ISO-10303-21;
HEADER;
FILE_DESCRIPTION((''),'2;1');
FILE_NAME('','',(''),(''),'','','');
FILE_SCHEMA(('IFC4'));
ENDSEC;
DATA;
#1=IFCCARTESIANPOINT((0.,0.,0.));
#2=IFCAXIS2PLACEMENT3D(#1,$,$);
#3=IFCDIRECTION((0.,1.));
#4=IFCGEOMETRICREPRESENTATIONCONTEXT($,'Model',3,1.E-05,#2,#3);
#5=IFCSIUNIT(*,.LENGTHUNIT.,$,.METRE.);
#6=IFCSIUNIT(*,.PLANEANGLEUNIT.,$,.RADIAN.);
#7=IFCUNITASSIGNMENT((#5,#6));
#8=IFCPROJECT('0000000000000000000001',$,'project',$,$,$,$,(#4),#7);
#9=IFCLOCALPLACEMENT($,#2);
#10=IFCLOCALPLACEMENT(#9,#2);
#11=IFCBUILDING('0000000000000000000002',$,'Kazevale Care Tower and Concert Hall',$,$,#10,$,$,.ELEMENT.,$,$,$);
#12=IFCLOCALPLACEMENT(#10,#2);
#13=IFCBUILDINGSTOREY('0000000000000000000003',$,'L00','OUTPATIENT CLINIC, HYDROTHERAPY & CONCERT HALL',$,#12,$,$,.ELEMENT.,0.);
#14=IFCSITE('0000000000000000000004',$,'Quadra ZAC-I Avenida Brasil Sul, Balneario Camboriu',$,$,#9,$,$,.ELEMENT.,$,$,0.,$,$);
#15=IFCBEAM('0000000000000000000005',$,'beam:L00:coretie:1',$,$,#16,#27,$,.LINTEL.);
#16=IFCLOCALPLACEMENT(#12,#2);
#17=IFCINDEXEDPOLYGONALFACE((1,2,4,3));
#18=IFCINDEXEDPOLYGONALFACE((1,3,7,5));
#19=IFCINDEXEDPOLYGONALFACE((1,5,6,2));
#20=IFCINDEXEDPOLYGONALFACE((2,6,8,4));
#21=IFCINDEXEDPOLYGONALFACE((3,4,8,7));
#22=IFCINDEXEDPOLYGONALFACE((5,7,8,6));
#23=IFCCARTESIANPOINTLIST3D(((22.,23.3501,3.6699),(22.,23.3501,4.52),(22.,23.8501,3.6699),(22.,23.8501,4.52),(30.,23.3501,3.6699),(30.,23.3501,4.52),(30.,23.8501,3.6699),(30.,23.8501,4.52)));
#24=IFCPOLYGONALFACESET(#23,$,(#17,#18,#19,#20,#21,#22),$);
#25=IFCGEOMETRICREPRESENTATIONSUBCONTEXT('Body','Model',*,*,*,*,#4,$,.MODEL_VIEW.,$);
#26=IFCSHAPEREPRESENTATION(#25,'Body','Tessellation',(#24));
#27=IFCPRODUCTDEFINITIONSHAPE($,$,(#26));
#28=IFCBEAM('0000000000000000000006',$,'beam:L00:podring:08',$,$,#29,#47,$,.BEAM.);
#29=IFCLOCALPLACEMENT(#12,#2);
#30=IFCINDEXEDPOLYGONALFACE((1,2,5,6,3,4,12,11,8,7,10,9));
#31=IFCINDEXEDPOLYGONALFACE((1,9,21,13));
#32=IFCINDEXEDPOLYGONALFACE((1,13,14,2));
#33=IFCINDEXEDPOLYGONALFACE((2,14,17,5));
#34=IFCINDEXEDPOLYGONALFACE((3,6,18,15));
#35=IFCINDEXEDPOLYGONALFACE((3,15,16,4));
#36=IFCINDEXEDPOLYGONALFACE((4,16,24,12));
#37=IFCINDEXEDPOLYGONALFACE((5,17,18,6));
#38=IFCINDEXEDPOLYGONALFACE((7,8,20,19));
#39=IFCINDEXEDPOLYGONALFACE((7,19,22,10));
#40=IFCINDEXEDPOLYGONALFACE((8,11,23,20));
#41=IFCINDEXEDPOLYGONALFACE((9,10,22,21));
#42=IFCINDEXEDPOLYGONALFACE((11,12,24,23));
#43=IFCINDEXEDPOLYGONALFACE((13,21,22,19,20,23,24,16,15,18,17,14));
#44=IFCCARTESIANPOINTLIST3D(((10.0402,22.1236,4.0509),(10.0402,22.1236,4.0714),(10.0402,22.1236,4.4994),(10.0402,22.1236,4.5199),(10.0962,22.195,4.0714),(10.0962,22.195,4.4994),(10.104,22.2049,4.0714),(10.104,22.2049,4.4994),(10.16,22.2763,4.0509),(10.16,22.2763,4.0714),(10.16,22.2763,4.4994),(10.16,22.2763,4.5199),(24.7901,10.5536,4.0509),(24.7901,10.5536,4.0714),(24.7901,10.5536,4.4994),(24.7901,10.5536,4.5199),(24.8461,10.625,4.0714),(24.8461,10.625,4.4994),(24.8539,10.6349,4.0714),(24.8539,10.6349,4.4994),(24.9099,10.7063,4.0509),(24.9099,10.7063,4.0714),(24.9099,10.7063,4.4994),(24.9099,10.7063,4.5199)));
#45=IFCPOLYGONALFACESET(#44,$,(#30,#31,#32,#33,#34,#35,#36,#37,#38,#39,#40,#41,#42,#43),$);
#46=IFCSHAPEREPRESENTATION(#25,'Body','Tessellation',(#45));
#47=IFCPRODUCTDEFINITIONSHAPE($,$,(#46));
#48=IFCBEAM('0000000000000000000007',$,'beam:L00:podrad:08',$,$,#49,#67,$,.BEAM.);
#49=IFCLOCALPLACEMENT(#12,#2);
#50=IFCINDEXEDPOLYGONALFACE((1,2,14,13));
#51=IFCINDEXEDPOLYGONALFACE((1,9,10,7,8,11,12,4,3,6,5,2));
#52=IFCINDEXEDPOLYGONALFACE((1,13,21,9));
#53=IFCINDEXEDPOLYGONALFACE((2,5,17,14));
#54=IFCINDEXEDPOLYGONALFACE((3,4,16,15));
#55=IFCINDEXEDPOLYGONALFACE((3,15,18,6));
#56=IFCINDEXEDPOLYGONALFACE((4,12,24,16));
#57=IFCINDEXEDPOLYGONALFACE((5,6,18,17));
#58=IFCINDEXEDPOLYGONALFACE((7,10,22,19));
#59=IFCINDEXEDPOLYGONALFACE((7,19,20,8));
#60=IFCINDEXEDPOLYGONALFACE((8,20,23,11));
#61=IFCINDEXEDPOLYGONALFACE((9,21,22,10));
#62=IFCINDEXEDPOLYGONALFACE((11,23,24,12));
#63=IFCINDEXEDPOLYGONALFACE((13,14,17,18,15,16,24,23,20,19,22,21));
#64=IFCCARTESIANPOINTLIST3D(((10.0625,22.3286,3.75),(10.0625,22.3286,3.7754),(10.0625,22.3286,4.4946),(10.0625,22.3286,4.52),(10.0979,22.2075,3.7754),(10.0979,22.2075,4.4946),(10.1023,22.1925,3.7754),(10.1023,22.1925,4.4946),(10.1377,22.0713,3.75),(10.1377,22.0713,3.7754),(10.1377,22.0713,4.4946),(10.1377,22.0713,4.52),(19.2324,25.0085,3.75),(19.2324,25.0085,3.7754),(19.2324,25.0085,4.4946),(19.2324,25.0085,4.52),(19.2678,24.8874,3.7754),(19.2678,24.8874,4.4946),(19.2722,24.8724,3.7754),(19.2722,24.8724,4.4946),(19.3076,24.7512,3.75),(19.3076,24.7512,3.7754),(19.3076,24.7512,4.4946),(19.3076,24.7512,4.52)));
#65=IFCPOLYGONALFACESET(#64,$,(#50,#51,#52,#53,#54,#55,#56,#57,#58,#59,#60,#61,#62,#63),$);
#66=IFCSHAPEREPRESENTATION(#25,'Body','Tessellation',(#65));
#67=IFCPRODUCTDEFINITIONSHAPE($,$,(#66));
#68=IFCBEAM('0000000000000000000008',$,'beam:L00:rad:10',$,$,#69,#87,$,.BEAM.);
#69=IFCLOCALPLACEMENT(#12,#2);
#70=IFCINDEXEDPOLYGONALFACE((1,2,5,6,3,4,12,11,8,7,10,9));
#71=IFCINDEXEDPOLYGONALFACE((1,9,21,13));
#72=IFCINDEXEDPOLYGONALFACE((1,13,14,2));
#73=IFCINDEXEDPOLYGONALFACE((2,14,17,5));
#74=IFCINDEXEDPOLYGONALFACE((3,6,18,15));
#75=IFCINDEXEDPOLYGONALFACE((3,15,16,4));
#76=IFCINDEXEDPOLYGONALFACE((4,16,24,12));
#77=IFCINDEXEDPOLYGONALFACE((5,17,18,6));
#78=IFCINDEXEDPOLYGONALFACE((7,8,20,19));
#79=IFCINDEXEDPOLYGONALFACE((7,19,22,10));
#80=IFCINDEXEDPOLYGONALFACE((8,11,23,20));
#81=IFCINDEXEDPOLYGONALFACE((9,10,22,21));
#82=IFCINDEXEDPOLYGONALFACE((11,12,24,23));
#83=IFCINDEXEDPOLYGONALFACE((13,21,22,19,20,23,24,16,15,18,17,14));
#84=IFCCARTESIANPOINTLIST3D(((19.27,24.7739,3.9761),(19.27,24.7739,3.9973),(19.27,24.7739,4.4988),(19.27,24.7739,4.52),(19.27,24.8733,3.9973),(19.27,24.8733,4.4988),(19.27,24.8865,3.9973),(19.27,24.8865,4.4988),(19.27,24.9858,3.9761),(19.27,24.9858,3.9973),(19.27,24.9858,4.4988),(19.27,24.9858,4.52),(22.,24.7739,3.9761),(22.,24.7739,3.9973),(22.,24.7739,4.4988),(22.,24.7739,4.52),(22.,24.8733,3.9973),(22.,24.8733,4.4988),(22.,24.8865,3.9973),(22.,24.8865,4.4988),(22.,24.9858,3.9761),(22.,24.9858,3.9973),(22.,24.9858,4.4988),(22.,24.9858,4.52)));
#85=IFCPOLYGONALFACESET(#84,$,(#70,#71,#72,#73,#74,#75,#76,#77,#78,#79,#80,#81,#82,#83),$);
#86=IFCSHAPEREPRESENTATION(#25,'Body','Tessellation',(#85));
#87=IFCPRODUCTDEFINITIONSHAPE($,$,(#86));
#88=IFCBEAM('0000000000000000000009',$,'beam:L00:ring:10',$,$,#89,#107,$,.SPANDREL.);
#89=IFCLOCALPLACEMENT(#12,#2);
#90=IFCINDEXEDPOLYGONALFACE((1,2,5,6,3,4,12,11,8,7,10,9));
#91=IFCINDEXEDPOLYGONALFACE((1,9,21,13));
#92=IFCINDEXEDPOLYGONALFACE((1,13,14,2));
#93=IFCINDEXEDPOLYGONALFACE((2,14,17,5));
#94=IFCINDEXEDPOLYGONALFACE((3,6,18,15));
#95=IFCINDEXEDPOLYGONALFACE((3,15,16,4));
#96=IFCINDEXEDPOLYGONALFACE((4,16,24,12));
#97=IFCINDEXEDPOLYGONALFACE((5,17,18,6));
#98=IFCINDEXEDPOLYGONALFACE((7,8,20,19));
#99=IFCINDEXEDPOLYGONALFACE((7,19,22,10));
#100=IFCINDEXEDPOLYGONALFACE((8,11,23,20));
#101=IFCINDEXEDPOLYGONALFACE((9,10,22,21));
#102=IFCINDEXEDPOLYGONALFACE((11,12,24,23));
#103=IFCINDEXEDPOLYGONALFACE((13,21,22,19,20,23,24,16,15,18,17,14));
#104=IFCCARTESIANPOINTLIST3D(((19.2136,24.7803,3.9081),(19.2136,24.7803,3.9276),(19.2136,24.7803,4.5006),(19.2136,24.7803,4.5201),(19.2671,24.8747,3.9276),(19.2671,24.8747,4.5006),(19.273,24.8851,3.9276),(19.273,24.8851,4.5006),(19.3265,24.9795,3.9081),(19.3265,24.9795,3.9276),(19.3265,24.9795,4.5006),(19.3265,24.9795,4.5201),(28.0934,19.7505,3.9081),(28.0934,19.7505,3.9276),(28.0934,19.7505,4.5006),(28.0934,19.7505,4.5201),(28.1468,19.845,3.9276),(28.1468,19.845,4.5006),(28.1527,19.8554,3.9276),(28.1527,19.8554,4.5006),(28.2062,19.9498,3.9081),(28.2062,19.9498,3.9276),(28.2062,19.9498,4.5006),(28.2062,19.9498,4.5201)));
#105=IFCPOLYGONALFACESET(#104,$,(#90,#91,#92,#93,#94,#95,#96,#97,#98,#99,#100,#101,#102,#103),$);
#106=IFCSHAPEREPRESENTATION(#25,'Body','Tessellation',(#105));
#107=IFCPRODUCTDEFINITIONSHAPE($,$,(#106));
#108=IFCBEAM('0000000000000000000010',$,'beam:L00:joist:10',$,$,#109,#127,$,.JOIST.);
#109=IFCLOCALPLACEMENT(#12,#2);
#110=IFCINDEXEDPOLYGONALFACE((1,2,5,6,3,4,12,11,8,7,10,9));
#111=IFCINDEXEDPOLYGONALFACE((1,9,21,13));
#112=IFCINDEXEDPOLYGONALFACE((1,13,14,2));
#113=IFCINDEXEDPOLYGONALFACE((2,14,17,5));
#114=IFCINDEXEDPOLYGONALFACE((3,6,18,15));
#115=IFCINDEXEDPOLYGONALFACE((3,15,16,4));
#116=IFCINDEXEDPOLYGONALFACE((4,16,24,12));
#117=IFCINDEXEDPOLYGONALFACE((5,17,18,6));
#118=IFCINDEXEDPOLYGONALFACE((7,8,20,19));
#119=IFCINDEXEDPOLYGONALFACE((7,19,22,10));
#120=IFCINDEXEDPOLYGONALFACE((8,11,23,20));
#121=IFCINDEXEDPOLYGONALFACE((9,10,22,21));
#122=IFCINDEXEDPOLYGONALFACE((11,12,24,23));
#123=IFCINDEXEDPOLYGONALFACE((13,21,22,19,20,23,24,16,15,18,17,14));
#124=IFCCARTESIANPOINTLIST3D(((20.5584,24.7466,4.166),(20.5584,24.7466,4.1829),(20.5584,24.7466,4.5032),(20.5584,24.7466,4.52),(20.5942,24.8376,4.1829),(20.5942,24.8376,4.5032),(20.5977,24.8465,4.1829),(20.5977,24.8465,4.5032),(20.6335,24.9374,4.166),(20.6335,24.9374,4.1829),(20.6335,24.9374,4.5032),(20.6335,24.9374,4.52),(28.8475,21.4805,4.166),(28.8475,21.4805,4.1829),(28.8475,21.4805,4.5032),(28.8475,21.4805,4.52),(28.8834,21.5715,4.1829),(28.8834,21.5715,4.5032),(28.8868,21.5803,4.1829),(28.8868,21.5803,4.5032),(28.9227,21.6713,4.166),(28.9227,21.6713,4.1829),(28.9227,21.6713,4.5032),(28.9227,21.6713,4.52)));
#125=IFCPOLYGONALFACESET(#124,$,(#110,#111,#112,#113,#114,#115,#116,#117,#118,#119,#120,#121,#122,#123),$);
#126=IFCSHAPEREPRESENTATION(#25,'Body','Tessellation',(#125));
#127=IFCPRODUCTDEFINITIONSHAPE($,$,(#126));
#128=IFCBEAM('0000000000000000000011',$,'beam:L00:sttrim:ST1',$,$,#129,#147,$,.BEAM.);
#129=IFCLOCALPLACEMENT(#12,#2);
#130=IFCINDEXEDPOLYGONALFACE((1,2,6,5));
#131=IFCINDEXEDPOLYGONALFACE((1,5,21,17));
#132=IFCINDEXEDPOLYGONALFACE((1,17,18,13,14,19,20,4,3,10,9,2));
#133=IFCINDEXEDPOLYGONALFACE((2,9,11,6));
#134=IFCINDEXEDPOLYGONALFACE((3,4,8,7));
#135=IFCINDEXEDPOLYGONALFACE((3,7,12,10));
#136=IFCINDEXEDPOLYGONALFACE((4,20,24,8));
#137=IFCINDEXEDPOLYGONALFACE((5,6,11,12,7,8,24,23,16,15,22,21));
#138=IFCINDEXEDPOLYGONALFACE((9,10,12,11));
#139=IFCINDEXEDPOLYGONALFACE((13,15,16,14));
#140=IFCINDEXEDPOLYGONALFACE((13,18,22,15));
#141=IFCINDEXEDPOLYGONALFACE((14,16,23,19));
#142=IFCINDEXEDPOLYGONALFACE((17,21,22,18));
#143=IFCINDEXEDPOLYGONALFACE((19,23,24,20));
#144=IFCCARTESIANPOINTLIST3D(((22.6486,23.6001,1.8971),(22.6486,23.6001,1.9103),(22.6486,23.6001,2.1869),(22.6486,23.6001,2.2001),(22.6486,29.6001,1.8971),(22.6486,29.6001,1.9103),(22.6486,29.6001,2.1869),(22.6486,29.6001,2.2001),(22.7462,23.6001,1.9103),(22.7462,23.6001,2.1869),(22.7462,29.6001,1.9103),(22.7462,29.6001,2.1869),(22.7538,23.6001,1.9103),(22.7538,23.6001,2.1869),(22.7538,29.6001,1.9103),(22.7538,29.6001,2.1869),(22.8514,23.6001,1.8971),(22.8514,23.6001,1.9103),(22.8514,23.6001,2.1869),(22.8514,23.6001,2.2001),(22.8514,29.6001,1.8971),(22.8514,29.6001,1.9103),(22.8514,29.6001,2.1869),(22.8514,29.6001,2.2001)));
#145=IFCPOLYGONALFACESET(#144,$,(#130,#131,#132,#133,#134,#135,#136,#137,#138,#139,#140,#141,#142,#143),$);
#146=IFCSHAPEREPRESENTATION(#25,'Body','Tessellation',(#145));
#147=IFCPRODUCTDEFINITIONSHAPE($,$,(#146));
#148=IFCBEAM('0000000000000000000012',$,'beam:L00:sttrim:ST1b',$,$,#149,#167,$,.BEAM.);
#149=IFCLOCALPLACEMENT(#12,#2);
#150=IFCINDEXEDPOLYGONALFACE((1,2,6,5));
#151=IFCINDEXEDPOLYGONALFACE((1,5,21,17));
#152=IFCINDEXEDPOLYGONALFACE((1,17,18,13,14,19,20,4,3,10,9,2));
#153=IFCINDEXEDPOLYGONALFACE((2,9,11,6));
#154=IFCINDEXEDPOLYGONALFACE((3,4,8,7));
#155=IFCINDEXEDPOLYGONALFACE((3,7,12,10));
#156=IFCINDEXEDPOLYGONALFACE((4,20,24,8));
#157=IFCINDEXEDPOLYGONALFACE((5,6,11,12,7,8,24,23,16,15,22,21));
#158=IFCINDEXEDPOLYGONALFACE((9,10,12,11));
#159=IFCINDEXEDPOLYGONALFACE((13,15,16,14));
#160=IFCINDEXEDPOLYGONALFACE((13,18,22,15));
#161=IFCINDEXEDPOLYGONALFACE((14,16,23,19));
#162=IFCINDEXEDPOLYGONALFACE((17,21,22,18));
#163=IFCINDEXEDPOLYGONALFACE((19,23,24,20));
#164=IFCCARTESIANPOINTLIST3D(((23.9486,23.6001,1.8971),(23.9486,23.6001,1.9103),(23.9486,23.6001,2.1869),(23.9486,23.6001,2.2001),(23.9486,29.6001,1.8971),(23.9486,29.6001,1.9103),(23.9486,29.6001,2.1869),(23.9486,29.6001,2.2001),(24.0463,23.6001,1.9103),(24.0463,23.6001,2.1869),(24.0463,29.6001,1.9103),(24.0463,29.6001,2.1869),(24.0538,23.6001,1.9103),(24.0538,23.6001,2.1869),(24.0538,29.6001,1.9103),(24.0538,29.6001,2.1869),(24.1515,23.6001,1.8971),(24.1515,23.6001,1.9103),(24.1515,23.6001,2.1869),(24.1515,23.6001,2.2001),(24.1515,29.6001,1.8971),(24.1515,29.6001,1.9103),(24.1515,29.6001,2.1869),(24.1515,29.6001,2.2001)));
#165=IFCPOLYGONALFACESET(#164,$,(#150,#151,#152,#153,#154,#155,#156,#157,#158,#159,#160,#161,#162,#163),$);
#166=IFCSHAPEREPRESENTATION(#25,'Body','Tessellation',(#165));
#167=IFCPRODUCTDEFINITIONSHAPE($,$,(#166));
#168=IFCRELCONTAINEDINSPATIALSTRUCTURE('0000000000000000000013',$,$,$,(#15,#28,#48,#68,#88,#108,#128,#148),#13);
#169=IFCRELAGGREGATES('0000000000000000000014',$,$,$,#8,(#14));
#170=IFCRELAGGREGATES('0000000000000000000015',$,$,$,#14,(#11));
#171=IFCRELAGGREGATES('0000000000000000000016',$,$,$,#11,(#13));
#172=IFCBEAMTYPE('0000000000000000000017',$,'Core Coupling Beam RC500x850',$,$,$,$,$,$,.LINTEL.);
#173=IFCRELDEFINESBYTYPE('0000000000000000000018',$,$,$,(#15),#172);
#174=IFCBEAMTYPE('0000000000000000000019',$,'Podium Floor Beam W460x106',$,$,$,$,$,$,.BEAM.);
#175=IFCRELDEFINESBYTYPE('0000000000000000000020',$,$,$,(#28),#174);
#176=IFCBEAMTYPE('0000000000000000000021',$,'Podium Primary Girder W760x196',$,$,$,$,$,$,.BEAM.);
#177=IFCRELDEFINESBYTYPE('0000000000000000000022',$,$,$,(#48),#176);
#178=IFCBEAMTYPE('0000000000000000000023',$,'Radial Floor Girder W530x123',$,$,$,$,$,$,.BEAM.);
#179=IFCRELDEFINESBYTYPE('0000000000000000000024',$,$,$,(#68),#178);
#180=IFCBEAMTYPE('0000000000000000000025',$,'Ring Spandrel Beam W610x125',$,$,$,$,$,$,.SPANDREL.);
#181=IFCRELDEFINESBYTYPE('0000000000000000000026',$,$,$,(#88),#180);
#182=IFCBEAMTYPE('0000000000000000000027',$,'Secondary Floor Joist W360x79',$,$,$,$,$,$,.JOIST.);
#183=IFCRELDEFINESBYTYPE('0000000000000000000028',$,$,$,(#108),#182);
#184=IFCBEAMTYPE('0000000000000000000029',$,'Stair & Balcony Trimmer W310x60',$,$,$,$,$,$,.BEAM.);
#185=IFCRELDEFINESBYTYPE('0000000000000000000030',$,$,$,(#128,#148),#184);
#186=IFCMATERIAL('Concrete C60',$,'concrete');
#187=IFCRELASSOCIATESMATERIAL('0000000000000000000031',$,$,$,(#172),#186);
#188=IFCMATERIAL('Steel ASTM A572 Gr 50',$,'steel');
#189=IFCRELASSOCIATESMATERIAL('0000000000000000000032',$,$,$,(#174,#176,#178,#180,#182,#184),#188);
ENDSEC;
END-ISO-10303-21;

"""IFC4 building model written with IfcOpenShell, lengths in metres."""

from ifc_helpers import new_model, si_unit, direction, frame, origin, origin_2d, place, context, subcontext, project, spatial, rectangle, i_section, extrude, material, material_profile, profile_set, type_object, element, save


model = new_model("IFC4")

# Units and contexts
model_context = context("Model", 3, precision=1e-05, world=origin(), true_north=direction((0.0, 1.0)))
body_context = subcontext(model_context, "Body", "Model", "MODEL_VIEW")
ifc_project = project(units=[si_unit("LENGTHUNIT", "METRE"), si_unit("PLANEANGLEUNIT", "RADIAN")], contexts=[model_context])

# Site, building, storey
site_placement = place(None, origin())
site = spatial("IfcSite", under=ifc_project, at=site_placement, Name="Quadra ZAC-I Avenida Brasil Sul, Balneario Camboriu", CompositionType="ELEMENT", RefElevation=0.0)
building_placement = place(site_placement, origin())
building = spatial("IfcBuilding", under=site, at=building_placement, Name="Kazevale Care Tower and Concert Hall", CompositionType="ELEMENT")
storey_placement = place(building_placement, origin())
storey = spatial("IfcBuildingStorey", under=building, at=storey_placement, Name="L00", Description="OUTPATIENT CLINIC, HYDROTHERAPY & CONCERT HALL", CompositionType="ELEMENT", Elevation=0.0)

# Shared definitions
ifc_material_1 = material(Name="Concrete C60", Category="concrete")

# Beams
ifc_material_profile_1 = material_profile(ifc_material_1, rectangle(XDim=0.5, YDim=0.8501, at=origin_2d()), Name="RC-B500x850")
ifc_profile_set_1 = profile_set([ifc_material_profile_1], Name="Concrete C60")
beam_type_1 = type_object("IfcBeamType", Name="Core Coupling Beam RC500x850", PredefinedType="LINTEL", material=ifc_profile_set_1)
beam_1_placement = place(storey_placement, frame((22.0, 23.6001, 4.095), z_axis=(1.0, 0.0, 0.0), x_axis=(0.0, 1.0, 0.0)))
element("IfcBeam", 1, at=beam_1_placement, inside=storey, type_object=beam_type_1, Name="beam:L00:coretie:1", PredefinedType="LINTEL", context=body_context, shape_type="SweptSolid", body=[
    extrude(rectangle(XDim=0.5, YDim=0.8501, at=origin_2d()), origin(), (0.0, 0.0, 1.0), 8.0),
])
ifc_material_2 = material(Name="Steel ASTM A572 Gr 50", Category="steel")
ifc_material_profile_2 = material_profile(ifc_material_2, i_section(OverallWidth=0.1941, OverallDepth=0.469, WebThickness=0.0127, FlangeThickness=0.0205, at=origin_2d()), Name="W460x106")
ifc_profile_set_2 = profile_set([ifc_material_profile_2], Name="Steel ASTM A572 Gr 50")
beam_type_2 = type_object("IfcBeamType", Name="Podium Floor Beam W460x106", PredefinedType="BEAM", material=ifc_profile_set_2)
beam_2_placement = place(storey_placement, frame((10.1001, 22.2, 4.2854), z_axis=(0.786816, -0.617188, 0.0), x_axis=(0.617188, 0.786816, 0.0)))
element("IfcBeam", 2, at=beam_2_placement, inside=storey, type_object=beam_type_2, Name="beam:L00:podring:08", PredefinedType="BEAM", context=body_context, shape_type="SweptSolid", body=[
    extrude(i_section(OverallWidth=0.1941, OverallDepth=0.469, WebThickness=0.0127, FlangeThickness=0.0205, at=origin_2d()), origin(), (0.0, 0.0, 1.0), 18.7463),
])
ifc_material_profile_3 = material_profile(ifc_material_2, i_section(OverallWidth=0.2681, OverallDepth=0.77, WebThickness=0.0156, FlangeThickness=0.0254, at=origin_2d()), Name="W760x196")
ifc_profile_set_3 = profile_set([ifc_material_profile_3], Name="Steel ASTM A572 Gr 50")
beam_type_3 = type_object("IfcBeamType", Name="Podium Primary Girder W760x196", PredefinedType="BEAM", material=ifc_profile_set_3)
beam_3_placement = place(storey_placement, frame((19.27, 24.8799, 4.135), z_axis=(-0.959849, -0.280518, 0.0), x_axis=(0.280518, -0.959849, 0.0)))
element("IfcBeam", 3, at=beam_3_placement, inside=storey, type_object=beam_type_3, Name="beam:L00:podrad:08", PredefinedType="BEAM", context=body_context, shape_type="SweptSolid", body=[
    extrude(i_section(OverallWidth=0.2681, OverallDepth=0.77, WebThickness=0.0156, FlangeThickness=0.0254, at=origin_2d()), origin(), (0.0, 0.0, 1.0), 9.5535),
])
ifc_material_profile_4 = material_profile(ifc_material_2, i_section(OverallWidth=0.2119, OverallDepth=0.5439, WebThickness=0.0132, FlangeThickness=0.0212, at=origin_2d()), Name="W530x123")
ifc_profile_set_4 = profile_set([ifc_material_profile_4], Name="Steel ASTM A572 Gr 50")
beam_type_4 = type_object("IfcBeamType", Name="Radial Floor Girder W530x123", PredefinedType="BEAM", material=ifc_profile_set_4)
beam_4_placement = place(storey_placement, frame((22.0, 24.8799, 4.248), z_axis=(-1.0, 0.0, 0.0), x_axis=(0.0, -1.0, 0.0)))
element("IfcBeam", 4, at=beam_4_placement, inside=storey, type_object=beam_type_4, Name="beam:L00:rad:10", PredefinedType="BEAM", context=body_context, shape_type="SweptSolid", body=[
    extrude(i_section(OverallWidth=0.2119, OverallDepth=0.5439, WebThickness=0.0132, FlangeThickness=0.0212, at=origin_2d()), origin(), (0.0, 0.0, 1.0), 2.73),
])
ifc_material_profile_5 = material_profile(ifc_material_2, i_section(OverallWidth=0.229, OverallDepth=0.6121, WebThickness=0.012, FlangeThickness=0.0195, at=origin_2d()), Name="W610x125")
ifc_profile_set_5 = profile_set([ifc_material_profile_5], Name="Steel ASTM A572 Gr 50")
beam_type_5 = type_object("IfcBeamType", Name="Ring Spandrel Beam W610x125", PredefinedType="SPANDREL", material=ifc_profile_set_5)
beam_5_placement = place(storey_placement, frame((19.27, 24.8799, 4.2141), z_axis=(0.870112, -0.492853, 0.0), x_axis=(0.492853, 0.870112, 0.0)))
element("IfcBeam", 5, at=beam_5_placement, inside=storey, type_object=beam_type_5, Name="beam:L00:ring:10", PredefinedType="SPANDREL", context=body_context, shape_type="SweptSolid", body=[
    extrude(i_section(OverallWidth=0.229, OverallDepth=0.6121, WebThickness=0.012, FlangeThickness=0.0195, at=origin_2d()), origin(), (0.0, 0.0, 1.0), 10.2053),
])
ifc_material_profile_6 = material_profile(ifc_material_2, i_section(OverallWidth=0.2051, OverallDepth=0.354, WebThickness=0.0095, FlangeThickness=0.0168, at=origin_2d()), Name="W360x79")
ifc_profile_set_6 = profile_set([ifc_material_profile_6], Name="Steel ASTM A572 Gr 50")
beam_type_6 = type_object("IfcBeamType", Name="Secondary Floor Joist W360x79", PredefinedType="JOIST", material=ifc_profile_set_6)
beam_6_placement = place(storey_placement, frame((20.5959, 24.842, 4.343), z_axis=(0.930381, -0.366595, 0.0), x_axis=(0.366595, 0.930381, 0.0)))
element("IfcBeam", 6, at=beam_6_placement, inside=storey, type_object=beam_type_6, Name="beam:L00:joist:10", PredefinedType="JOIST", context=body_context, shape_type="SweptSolid", body=[
    extrude(i_section(OverallWidth=0.2051, OverallDepth=0.354, WebThickness=0.0095, FlangeThickness=0.0168, at=origin_2d()), origin(), (0.0, 0.0, 1.0), 8.9094),
])
ifc_material_profile_7 = material_profile(ifc_material_2, i_section(OverallWidth=0.2029, OverallDepth=0.303, WebThickness=0.0076, FlangeThickness=0.0132, at=origin_2d()), Name="W310x60")
ifc_profile_set_7 = profile_set([ifc_material_profile_7], Name="Steel ASTM A572 Gr 50")
beam_type_7 = type_object("IfcBeamType", Name="Stair & Balcony Trimmer W310x60", PredefinedType="BEAM", material=ifc_profile_set_7)
for number, where, z_axis, x_axis, name in (
    (7, (22.75, 23.6001, 2.0486), (0.0, 1.0, 0.0), (-1.0, 0.0, 0.0), "beam:L00:sttrim:ST1"),
    (8, (24.05, 23.6001, 2.0486), (0.0, 1.0, 0.0), (-1.0, 0.0, 0.0), "beam:L00:sttrim:ST1b"),
):
    element("IfcBeam", number, at=place(storey_placement, frame(where, z_axis=z_axis, x_axis=x_axis)), inside=storey, type_object=beam_type_7, Name=name, PredefinedType="BEAM", context=body_context, shape_type="SweptSolid", body=[
        extrude(i_section(OverallWidth=0.2029, OverallDepth=0.303, WebThickness=0.0076, FlangeThickness=0.0132, at=origin_2d()), origin(), (0.0, 0.0, 1.0), 6.0),
    ])

save(model, "model.ifc")
